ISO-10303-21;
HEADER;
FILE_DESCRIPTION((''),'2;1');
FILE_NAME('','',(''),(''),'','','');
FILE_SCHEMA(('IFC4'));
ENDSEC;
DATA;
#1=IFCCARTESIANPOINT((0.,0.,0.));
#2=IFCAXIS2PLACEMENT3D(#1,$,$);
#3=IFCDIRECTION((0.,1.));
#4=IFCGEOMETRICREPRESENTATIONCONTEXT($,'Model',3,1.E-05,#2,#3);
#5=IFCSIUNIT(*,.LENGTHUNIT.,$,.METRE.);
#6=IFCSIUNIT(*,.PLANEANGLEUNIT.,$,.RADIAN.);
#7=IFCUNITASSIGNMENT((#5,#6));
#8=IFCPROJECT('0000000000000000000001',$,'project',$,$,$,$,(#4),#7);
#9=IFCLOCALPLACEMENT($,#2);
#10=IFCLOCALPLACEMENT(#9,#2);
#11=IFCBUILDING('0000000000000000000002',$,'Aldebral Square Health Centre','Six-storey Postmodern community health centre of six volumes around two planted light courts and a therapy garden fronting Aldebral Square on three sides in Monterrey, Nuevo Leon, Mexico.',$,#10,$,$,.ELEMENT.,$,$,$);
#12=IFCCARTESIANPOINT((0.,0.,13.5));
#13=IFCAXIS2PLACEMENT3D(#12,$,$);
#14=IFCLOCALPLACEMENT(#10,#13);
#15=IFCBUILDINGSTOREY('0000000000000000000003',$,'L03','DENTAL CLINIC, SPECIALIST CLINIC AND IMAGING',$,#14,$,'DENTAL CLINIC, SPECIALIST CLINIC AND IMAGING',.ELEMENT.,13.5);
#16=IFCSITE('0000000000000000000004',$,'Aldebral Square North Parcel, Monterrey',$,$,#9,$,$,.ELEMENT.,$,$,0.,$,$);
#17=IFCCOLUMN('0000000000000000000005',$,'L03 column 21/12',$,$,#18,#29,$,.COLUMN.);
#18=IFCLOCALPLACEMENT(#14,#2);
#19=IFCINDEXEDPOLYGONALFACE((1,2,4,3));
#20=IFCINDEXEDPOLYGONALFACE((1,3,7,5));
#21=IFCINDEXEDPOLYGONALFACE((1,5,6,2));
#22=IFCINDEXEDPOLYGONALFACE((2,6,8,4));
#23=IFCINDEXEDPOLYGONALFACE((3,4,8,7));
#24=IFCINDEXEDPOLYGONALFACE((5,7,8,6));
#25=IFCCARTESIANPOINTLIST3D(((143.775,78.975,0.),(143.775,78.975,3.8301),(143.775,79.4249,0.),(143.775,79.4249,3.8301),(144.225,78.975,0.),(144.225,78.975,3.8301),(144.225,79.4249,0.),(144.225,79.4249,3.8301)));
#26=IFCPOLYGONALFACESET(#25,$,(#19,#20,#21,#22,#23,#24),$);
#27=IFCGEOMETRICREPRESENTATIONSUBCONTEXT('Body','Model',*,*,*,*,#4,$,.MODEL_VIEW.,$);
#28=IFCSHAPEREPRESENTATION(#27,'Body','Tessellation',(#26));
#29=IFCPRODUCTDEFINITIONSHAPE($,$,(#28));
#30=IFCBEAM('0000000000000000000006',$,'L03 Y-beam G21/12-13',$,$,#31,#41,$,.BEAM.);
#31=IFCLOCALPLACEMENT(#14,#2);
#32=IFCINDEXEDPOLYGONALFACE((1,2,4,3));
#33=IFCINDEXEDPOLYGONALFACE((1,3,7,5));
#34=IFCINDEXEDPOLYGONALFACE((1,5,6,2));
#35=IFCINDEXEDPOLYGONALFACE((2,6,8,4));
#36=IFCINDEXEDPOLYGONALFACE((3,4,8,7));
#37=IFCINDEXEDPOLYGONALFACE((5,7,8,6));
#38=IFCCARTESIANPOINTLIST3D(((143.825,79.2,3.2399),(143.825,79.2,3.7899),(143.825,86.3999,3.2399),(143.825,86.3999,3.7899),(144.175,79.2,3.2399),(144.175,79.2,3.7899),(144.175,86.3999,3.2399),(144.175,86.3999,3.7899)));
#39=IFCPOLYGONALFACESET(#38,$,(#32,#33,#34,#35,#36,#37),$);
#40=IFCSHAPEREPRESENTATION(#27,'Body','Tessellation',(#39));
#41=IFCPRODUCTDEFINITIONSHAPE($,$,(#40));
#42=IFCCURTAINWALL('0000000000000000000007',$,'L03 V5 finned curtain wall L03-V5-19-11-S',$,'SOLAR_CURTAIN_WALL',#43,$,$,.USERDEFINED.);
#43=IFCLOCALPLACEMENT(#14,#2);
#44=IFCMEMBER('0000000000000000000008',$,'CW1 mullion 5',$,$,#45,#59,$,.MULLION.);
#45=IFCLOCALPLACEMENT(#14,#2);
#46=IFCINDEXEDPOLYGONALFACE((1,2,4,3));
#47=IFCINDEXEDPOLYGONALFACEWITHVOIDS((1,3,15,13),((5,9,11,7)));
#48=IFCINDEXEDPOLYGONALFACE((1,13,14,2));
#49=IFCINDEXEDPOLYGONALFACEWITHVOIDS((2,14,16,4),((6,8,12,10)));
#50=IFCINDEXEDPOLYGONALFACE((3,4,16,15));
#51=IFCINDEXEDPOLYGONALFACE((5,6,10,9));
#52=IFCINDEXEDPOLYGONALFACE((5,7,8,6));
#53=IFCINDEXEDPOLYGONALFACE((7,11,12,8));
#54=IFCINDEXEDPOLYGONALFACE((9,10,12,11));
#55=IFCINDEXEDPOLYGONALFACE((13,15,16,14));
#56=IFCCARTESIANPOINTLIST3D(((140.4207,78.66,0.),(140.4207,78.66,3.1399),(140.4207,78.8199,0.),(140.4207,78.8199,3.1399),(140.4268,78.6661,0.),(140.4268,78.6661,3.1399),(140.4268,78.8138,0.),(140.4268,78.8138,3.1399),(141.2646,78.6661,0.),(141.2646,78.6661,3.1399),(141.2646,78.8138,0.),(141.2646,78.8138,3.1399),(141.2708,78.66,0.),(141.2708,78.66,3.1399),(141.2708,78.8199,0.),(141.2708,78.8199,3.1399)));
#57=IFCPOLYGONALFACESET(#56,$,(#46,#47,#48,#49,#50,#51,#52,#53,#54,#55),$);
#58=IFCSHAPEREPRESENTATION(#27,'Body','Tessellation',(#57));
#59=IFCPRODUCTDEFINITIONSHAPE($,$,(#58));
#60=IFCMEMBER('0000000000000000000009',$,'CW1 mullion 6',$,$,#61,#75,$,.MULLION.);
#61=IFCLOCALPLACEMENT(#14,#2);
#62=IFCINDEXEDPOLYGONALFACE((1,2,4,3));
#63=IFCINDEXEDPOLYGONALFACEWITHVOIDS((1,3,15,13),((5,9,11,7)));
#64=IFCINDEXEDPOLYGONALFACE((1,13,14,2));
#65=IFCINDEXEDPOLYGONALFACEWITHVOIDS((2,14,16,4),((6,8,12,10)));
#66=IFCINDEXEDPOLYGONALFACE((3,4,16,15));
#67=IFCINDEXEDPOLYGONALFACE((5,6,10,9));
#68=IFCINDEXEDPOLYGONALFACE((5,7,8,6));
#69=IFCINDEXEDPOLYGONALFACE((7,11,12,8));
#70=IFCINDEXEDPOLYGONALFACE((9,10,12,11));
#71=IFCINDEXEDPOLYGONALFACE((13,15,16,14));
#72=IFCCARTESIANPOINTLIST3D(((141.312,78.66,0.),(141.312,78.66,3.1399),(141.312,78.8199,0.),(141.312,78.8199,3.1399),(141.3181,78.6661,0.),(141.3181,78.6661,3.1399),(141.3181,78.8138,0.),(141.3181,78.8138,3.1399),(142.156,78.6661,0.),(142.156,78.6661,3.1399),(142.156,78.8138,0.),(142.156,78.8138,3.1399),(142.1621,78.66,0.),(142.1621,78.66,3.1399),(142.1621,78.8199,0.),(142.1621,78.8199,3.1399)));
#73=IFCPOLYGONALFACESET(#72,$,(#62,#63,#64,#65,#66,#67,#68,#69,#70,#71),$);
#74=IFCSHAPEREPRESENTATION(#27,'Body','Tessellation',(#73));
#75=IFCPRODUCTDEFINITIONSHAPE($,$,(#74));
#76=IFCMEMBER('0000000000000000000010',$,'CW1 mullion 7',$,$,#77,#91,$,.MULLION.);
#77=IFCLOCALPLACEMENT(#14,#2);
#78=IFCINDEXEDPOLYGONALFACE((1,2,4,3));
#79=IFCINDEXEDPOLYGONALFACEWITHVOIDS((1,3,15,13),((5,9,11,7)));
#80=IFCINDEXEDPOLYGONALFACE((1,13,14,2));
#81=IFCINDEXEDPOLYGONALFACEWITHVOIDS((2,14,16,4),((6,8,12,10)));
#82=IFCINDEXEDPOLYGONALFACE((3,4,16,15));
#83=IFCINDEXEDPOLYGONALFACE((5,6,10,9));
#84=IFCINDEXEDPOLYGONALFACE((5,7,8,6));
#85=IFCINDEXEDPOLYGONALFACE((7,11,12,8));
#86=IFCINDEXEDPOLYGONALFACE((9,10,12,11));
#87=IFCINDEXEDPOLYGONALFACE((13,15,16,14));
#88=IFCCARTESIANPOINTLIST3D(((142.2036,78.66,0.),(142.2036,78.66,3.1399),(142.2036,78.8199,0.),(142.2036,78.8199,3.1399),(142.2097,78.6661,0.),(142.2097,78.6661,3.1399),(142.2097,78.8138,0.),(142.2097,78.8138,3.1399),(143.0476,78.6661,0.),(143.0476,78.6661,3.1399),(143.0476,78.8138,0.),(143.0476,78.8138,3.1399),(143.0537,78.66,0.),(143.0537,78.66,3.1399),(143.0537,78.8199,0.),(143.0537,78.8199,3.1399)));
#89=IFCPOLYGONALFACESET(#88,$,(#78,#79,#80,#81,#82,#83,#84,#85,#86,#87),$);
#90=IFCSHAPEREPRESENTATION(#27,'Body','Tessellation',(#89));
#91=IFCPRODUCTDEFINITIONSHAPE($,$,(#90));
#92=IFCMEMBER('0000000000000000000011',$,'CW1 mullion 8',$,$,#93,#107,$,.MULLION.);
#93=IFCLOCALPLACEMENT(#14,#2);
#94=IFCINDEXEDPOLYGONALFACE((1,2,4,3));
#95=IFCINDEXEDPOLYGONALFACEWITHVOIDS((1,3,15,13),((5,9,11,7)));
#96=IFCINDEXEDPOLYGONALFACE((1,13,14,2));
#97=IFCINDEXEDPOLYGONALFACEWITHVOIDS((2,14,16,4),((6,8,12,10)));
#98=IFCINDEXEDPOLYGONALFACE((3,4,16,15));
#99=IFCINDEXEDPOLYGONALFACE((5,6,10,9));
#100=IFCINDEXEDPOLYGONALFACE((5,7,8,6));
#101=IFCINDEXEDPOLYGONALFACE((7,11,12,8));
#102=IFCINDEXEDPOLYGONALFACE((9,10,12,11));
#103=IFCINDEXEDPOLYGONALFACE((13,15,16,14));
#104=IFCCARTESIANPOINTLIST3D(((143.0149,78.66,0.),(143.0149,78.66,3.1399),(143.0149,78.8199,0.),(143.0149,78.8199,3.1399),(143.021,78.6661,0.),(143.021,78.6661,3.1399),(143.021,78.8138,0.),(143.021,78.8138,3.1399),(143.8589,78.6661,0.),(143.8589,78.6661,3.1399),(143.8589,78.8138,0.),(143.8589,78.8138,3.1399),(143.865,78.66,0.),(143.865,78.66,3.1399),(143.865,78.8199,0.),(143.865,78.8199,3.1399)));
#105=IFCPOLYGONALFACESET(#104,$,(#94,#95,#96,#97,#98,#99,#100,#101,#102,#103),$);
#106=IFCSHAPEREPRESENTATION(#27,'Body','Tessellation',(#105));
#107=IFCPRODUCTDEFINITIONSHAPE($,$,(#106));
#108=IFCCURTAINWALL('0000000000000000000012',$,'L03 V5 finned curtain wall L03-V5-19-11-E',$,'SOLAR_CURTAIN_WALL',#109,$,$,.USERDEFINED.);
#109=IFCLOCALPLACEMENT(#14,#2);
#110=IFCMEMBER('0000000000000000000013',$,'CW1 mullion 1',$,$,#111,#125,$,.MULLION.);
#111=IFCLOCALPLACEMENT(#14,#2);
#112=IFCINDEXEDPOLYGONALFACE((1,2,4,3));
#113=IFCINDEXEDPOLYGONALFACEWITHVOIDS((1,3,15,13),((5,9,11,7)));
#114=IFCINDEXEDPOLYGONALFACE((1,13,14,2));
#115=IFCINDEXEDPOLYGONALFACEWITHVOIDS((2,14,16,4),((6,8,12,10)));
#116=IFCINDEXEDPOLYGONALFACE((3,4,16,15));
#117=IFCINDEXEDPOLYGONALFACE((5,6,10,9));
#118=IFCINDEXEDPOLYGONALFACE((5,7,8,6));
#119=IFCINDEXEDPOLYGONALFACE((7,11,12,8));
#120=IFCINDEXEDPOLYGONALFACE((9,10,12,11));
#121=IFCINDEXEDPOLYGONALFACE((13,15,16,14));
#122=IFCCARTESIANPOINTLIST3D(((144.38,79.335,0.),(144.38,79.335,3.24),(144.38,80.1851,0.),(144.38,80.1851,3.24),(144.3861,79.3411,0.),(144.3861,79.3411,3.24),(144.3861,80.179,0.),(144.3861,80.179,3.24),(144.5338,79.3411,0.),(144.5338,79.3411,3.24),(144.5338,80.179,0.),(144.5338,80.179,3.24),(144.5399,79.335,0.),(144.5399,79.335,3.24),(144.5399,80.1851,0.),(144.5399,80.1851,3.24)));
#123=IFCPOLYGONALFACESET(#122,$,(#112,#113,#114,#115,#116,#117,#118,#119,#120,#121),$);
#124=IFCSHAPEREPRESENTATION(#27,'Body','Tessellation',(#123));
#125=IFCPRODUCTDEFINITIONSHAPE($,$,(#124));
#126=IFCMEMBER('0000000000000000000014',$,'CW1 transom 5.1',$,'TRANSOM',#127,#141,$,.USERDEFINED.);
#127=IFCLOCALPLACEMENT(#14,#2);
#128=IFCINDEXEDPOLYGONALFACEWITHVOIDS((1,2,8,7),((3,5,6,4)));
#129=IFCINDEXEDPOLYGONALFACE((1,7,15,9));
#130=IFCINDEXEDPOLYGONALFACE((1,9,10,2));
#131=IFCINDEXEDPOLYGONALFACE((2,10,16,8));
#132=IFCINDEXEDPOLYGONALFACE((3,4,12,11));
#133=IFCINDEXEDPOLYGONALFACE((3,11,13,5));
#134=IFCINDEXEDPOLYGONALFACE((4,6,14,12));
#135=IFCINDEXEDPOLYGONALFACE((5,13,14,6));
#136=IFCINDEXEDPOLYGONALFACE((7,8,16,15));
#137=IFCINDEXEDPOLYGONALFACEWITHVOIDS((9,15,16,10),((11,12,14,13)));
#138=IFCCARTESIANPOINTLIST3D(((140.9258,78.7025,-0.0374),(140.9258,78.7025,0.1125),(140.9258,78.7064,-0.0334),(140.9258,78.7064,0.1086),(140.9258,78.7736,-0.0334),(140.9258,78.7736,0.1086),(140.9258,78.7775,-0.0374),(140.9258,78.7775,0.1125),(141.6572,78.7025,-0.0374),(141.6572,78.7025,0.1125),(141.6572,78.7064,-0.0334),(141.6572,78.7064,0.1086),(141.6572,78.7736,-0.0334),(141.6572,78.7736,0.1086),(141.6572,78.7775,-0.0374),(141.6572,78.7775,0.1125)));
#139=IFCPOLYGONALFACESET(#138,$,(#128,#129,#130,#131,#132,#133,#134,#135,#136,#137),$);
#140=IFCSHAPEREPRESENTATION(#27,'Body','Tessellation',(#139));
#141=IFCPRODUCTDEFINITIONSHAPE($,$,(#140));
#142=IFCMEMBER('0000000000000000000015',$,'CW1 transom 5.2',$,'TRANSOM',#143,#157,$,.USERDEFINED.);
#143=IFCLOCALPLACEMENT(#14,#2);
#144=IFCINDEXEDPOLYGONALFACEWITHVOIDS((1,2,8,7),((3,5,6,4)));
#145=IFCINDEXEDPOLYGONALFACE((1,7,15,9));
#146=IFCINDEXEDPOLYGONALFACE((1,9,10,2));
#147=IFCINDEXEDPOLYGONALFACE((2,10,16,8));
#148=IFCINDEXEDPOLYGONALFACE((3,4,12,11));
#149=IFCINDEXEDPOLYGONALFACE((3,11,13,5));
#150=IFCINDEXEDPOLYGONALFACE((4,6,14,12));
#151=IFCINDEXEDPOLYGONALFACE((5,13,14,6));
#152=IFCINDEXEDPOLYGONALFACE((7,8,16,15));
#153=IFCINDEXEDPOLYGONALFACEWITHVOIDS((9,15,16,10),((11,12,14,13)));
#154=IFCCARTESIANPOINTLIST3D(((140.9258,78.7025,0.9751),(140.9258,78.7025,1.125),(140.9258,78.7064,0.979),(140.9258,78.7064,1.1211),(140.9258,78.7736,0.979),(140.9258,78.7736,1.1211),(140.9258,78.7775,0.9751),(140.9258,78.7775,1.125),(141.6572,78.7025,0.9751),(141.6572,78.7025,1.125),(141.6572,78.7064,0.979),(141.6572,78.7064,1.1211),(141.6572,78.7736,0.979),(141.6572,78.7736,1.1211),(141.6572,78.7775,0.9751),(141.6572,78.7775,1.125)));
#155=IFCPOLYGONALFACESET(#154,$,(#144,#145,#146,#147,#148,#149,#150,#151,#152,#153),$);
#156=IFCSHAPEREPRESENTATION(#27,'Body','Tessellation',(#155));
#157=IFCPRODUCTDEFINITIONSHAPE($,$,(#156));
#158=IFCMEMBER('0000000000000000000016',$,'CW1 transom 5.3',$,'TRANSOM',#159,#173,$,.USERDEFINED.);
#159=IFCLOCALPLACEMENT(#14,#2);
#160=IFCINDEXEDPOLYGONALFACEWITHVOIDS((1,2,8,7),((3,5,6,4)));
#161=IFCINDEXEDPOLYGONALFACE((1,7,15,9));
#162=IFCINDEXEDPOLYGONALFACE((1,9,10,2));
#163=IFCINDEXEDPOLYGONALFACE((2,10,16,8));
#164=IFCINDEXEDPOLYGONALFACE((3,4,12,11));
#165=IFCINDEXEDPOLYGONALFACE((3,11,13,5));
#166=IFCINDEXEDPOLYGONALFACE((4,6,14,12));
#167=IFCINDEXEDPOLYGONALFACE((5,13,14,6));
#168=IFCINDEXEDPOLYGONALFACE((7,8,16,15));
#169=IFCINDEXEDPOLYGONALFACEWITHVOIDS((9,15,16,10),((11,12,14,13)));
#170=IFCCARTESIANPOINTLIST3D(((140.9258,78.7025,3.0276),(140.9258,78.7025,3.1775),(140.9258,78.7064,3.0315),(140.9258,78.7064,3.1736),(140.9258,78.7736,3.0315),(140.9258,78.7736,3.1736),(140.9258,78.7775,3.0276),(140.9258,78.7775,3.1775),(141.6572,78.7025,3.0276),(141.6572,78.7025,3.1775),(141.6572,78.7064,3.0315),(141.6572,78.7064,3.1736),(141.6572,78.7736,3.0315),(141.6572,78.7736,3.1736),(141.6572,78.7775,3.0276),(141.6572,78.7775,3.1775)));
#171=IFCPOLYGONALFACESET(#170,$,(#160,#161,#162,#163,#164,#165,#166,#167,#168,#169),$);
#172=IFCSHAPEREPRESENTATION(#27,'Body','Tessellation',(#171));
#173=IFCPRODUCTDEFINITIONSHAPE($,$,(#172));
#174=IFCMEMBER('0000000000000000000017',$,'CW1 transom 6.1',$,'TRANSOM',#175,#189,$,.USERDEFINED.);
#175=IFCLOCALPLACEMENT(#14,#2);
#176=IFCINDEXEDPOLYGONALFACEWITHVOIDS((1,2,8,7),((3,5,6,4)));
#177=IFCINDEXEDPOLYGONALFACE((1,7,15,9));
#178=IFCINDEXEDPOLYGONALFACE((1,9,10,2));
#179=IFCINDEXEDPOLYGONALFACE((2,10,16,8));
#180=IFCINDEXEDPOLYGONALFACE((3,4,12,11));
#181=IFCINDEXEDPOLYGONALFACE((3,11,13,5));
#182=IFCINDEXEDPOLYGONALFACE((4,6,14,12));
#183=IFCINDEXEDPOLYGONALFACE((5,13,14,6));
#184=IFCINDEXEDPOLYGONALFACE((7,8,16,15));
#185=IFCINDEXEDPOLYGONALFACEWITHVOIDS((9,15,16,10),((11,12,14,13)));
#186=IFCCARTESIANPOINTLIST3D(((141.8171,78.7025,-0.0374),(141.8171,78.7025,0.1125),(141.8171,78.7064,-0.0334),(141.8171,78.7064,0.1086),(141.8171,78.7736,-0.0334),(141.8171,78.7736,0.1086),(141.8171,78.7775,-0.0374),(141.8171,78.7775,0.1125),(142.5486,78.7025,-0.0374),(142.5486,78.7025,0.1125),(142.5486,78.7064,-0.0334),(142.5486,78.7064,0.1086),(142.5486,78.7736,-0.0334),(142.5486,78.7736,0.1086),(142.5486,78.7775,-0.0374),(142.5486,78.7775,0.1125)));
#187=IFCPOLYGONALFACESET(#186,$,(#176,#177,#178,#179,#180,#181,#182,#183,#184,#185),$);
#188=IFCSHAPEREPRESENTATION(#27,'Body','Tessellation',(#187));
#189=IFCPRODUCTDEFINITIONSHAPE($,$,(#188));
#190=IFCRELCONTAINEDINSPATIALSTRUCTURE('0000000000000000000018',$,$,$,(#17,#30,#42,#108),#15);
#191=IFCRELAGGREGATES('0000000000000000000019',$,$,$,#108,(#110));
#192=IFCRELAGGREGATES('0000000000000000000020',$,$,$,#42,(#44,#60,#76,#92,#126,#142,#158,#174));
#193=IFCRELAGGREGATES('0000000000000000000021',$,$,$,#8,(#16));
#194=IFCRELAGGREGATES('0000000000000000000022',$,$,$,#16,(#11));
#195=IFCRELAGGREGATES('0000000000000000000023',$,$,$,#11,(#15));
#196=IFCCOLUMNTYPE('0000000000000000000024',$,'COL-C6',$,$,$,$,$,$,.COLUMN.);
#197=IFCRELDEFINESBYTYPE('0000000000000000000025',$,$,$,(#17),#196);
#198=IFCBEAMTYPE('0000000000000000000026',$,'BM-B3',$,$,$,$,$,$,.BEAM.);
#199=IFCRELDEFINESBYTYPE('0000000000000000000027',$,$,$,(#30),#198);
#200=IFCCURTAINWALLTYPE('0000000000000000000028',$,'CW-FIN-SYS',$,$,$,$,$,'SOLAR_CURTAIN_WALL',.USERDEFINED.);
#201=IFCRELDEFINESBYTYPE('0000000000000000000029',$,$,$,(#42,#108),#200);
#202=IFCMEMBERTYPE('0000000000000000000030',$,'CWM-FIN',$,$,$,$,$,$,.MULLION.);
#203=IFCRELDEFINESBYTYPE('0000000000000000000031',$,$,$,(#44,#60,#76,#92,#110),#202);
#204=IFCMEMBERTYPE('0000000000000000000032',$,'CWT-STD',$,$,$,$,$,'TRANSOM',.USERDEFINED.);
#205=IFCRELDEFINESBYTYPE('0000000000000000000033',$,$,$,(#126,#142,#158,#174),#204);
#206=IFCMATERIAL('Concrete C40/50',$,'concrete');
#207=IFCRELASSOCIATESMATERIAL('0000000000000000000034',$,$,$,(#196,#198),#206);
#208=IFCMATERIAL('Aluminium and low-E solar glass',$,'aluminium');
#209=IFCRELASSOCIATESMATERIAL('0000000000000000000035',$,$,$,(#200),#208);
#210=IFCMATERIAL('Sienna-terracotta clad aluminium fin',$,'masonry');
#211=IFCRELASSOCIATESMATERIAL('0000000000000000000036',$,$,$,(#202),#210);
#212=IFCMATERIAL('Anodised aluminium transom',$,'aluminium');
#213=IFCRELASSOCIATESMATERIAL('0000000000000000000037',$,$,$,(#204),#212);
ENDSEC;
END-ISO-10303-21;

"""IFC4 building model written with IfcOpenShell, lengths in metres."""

from ifc_helpers import new_model, si_unit, direction, frame, origin, origin_2d, place, context, subcontext, project, spatial, rectangle, hollow_rectangle, extrude, material, material_profile, profile_set, type_object, element, aggregate, save


model = new_model("IFC4")

# Units and contexts
model_context = context("Model", 3, precision=1e-05, world=origin(), true_north=direction((0.0, 1.0)))
body_context = subcontext(model_context, "Body", "Model", "MODEL_VIEW")
ifc_project = project(units=[si_unit("LENGTHUNIT", "METRE"), si_unit("PLANEANGLEUNIT", "RADIAN")], contexts=[model_context])

# Site, building, storey
site_placement = place(None, origin())
site = spatial("IfcSite", under=ifc_project, at=site_placement, Name="Aldebral Square North Parcel, Monterrey", CompositionType="ELEMENT", RefElevation=0.0)
building_placement = place(site_placement, origin())
building = spatial("IfcBuilding", under=site, at=building_placement, Name="Aldebral Square Health Centre", Description="Six-storey Postmodern community health centre of six volumes around two planted light courts and a therapy garden fronting Aldebral Square on three sides in Monterrey, Nuevo Leon, Mexico.", CompositionType="ELEMENT")
storey_placement = place(building_placement, frame((0.0, 0.0, 13.5)))
storey = spatial("IfcBuildingStorey", under=building, at=storey_placement, Name="L03", Description="DENTAL CLINIC, SPECIALIST CLINIC AND IMAGING", LongName="DENTAL CLINIC, SPECIALIST CLINIC AND IMAGING", CompositionType="ELEMENT", Elevation=13.5)

# Column
ifc_material_1 = material(Name="Concrete C40/50", Category="concrete")
ifc_material_profile_1 = material_profile(ifc_material_1, rectangle(XDim=0.45, YDim=0.45, at=origin_2d()), Name="RC 450x450")
ifc_profile_set_1 = profile_set([ifc_material_profile_1], Name="Concrete C40/50")
column_type = type_object("IfcColumnType", Name="COL-C6", PredefinedType="COLUMN", material=ifc_profile_set_1)
column_placement = place(storey_placement, frame((144.0, 79.2, 0.0), z_axis=(0.0, 0.0, 1.0), x_axis=(1.0, 0.0, 0.0)))
element("IfcColumn", 1, at=column_placement, inside=storey, type_object=column_type, Name="L03 column 21/12", PredefinedType="COLUMN", context=body_context, shape_type="SweptSolid", body=[
    extrude(rectangle(XDim=0.45, YDim=0.45, at=origin_2d()), origin(), (0.0, 0.0, 1.0), 3.8301),
])

# Beam
ifc_material_profile_2 = material_profile(ifc_material_1, rectangle(XDim=0.3501, YDim=0.55, at=origin_2d()), Name="RC 350x550")
ifc_profile_set_2 = profile_set([ifc_material_profile_2], Name="Concrete C40/50")
beam_type = type_object("IfcBeamType", Name="BM-B3", PredefinedType="BEAM", material=ifc_profile_set_2)
beam_placement = place(storey_placement, frame((144.0, 79.2, 3.5149), z_axis=(0.0, 1.0, 0.0), x_axis=(-1.0, 0.0, 0.0)))
element("IfcBeam", 2, at=beam_placement, inside=storey, type_object=beam_type, Name="L03 Y-beam G21/12-13", PredefinedType="BEAM", context=body_context, shape_type="SweptSolid", body=[
    extrude(rectangle(XDim=0.3501, YDim=0.55, at=origin_2d()), origin(), (0.0, 0.0, 1.0), 7.2),
])

# Curtain wall, members
ifc_material_2 = material(Name="Aluminium and low-E solar glass", Category="aluminium")
curtain_wall_type = type_object("IfcCurtainWallType", Name="CW-FIN-SYS", ElementType="SOLAR_CURTAIN_WALL", PredefinedType="USERDEFINED", material=ifc_material_2)
curtain_wall_1_placement = place(storey_placement, origin())
curtain_wall_1 = element("IfcCurtainWall", 3, at=curtain_wall_1_placement, inside=storey, type_object=curtain_wall_type, Name="L03 V5 finned curtain wall L03-V5-19-11-S", ObjectType="SOLAR_CURTAIN_WALL", PredefinedType="USERDEFINED")
ifc_material_3 = material(Name="Sienna-terracotta clad aluminium fin", Category="masonry")
ifc_material_profile_3 = material_profile(ifc_material_3, hollow_rectangle(XDim=0.1599, YDim=0.8501, WallThickness=0.0061, at=origin_2d()), Name="FIN 160x850x6")
ifc_profile_set_3 = profile_set([ifc_material_profile_3], Name="Sienna-terracotta clad aluminium fin")
member_type_1 = type_object("IfcMemberType", Name="CWM-FIN", PredefinedType="MULLION", material=ifc_profile_set_3)
member_1_placement = place(storey_placement, frame((140.8457, 78.74, 0.0), z_axis=(0.0, 0.0, 1.0), x_axis=(0.0, 1.0, 0.0)))
member_1 = element("IfcMember", 4, at=member_1_placement, type_object=member_type_1, Name="CW1 mullion 5", PredefinedType="MULLION", context=body_context, shape_type="SweptSolid", body=[
    extrude(hollow_rectangle(XDim=0.1599, YDim=0.8501, WallThickness=0.0061, at=origin_2d()), origin(), (0.0, 0.0, 1.0), 3.1399),
])
member_2_placement = place(storey_placement, frame((141.7371, 78.74, 0.0), z_axis=(0.0, 0.0, 1.0), x_axis=(0.0, 1.0, 0.0)))
member_2 = element("IfcMember", 5, at=member_2_placement, type_object=member_type_1, Name="CW1 mullion 6", PredefinedType="MULLION", context=body_context, shape_type="SweptSolid", body=[
    extrude(hollow_rectangle(XDim=0.1599, YDim=0.8501, WallThickness=0.0061, at=origin_2d()), origin(), (0.0, 0.0, 1.0), 3.1399),
])
member_3_placement = place(storey_placement, frame((142.6287, 78.74, 0.0), z_axis=(0.0, 0.0, 1.0), x_axis=(0.0, 1.0, 0.0)))
member_3 = element("IfcMember", 6, at=member_3_placement, type_object=member_type_1, Name="CW1 mullion 7", PredefinedType="MULLION", context=body_context, shape_type="SweptSolid", body=[
    extrude(hollow_rectangle(XDim=0.1599, YDim=0.8501, WallThickness=0.0061, at=origin_2d()), origin(), (0.0, 0.0, 1.0), 3.1399),
])
member_4_placement = place(storey_placement, frame((143.4399, 78.74, 0.0), z_axis=(0.0, 0.0, 1.0), x_axis=(0.0, 1.0, 0.0)))
member_4 = element("IfcMember", 7, at=member_4_placement, type_object=member_type_1, Name="CW1 mullion 8", PredefinedType="MULLION", context=body_context, shape_type="SweptSolid", body=[
    extrude(hollow_rectangle(XDim=0.1599, YDim=0.8501, WallThickness=0.0061, at=origin_2d()), origin(), (0.0, 0.0, 1.0), 3.1399),
])

# Curtain wall, member
curtain_wall_2_placement = place(storey_placement, origin())
curtain_wall_2 = element("IfcCurtainWall", 8, at=curtain_wall_2_placement, inside=storey, type_object=curtain_wall_type, Name="L03 V5 finned curtain wall L03-V5-19-11-E", ObjectType="SOLAR_CURTAIN_WALL", PredefinedType="USERDEFINED")
member_5_placement = place(storey_placement, frame((144.46, 79.76, 0.0), z_axis=(0.0, 0.0, 1.0), x_axis=(-1.0, 0.0, 0.0)))
member_5 = element("IfcMember", 9, at=member_5_placement, type_object=member_type_1, Name="CW1 mullion 1", PredefinedType="MULLION", context=body_context, shape_type="SweptSolid", body=[
    extrude(hollow_rectangle(XDim=0.1599, YDim=0.8501, WallThickness=0.0061, at=origin_2d()), origin(), (0.0, 0.0, 1.0), 3.24),
])

# Members
ifc_material_4 = material(Name="Anodised aluminium transom", Category="aluminium")
ifc_material_profile_4 = material_profile(ifc_material_4, hollow_rectangle(XDim=0.075, YDim=0.1499, WallThickness=0.0039, at=origin_2d()), Name="CWT 75x150x4")
ifc_profile_set_4 = profile_set([ifc_material_profile_4], Name="Anodised aluminium transom")
member_type_2 = type_object("IfcMemberType", Name="CWT-STD", ElementType="TRANSOM", PredefinedType="USERDEFINED", material=ifc_profile_set_4)
member_6_placement = place(storey_placement, frame((140.9258, 78.74, 0.0376), z_axis=(1.0, 0.0, 0.0), x_axis=(0.0, 1.0, 0.0)))
member_6 = element("IfcMember", 10, at=member_6_placement, type_object=member_type_2, Name="CW1 transom 5.1", ObjectType="TRANSOM", PredefinedType="USERDEFINED", context=body_context, shape_type="SweptSolid", body=[
    extrude(hollow_rectangle(XDim=0.075, YDim=0.1499, WallThickness=0.0039, at=origin_2d()), origin(), (0.0, 0.0, 1.0), 0.7314),
])
member_7_placement = place(storey_placement, frame((140.9258, 78.74, 1.05), z_axis=(1.0, 0.0, 0.0), x_axis=(0.0, 1.0, 0.0)))
member_7 = element("IfcMember", 11, at=member_7_placement, type_object=member_type_2, Name="CW1 transom 5.2", ObjectType="TRANSOM", PredefinedType="USERDEFINED", context=body_context, shape_type="SweptSolid", body=[
    extrude(hollow_rectangle(XDim=0.075, YDim=0.1499, WallThickness=0.0039, at=origin_2d()), origin(), (0.0, 0.0, 1.0), 0.7314),
])
member_8_placement = place(storey_placement, frame((140.9258, 78.74, 3.1025), z_axis=(1.0, 0.0, 0.0), x_axis=(0.0, 1.0, 0.0)))
member_8 = element("IfcMember", 12, at=member_8_placement, type_object=member_type_2, Name="CW1 transom 5.3", ObjectType="TRANSOM", PredefinedType="USERDEFINED", context=body_context, shape_type="SweptSolid", body=[
    extrude(hollow_rectangle(XDim=0.075, YDim=0.1499, WallThickness=0.0039, at=origin_2d()), origin(), (0.0, 0.0, 1.0), 0.7314),
])
member_9_placement = place(storey_placement, frame((141.8171, 78.74, 0.0376), z_axis=(1.0, 0.0, 0.0), x_axis=(0.0, 1.0, 0.0)))
member_9 = element("IfcMember", 13, at=member_9_placement, type_object=member_type_2, Name="CW1 transom 6.1", ObjectType="TRANSOM", PredefinedType="USERDEFINED", context=body_context, shape_type="SweptSolid", body=[
    extrude(hollow_rectangle(XDim=0.075, YDim=0.1499, WallThickness=0.0039, at=origin_2d()), origin(), (0.0, 0.0, 1.0), 0.7314),
])
aggregate(curtain_wall_2, [member_5])

aggregate(curtain_wall_1, [member_1, member_2, member_3, member_4, member_6, member_7, member_8, member_9])

save(model, "model.ifc")
